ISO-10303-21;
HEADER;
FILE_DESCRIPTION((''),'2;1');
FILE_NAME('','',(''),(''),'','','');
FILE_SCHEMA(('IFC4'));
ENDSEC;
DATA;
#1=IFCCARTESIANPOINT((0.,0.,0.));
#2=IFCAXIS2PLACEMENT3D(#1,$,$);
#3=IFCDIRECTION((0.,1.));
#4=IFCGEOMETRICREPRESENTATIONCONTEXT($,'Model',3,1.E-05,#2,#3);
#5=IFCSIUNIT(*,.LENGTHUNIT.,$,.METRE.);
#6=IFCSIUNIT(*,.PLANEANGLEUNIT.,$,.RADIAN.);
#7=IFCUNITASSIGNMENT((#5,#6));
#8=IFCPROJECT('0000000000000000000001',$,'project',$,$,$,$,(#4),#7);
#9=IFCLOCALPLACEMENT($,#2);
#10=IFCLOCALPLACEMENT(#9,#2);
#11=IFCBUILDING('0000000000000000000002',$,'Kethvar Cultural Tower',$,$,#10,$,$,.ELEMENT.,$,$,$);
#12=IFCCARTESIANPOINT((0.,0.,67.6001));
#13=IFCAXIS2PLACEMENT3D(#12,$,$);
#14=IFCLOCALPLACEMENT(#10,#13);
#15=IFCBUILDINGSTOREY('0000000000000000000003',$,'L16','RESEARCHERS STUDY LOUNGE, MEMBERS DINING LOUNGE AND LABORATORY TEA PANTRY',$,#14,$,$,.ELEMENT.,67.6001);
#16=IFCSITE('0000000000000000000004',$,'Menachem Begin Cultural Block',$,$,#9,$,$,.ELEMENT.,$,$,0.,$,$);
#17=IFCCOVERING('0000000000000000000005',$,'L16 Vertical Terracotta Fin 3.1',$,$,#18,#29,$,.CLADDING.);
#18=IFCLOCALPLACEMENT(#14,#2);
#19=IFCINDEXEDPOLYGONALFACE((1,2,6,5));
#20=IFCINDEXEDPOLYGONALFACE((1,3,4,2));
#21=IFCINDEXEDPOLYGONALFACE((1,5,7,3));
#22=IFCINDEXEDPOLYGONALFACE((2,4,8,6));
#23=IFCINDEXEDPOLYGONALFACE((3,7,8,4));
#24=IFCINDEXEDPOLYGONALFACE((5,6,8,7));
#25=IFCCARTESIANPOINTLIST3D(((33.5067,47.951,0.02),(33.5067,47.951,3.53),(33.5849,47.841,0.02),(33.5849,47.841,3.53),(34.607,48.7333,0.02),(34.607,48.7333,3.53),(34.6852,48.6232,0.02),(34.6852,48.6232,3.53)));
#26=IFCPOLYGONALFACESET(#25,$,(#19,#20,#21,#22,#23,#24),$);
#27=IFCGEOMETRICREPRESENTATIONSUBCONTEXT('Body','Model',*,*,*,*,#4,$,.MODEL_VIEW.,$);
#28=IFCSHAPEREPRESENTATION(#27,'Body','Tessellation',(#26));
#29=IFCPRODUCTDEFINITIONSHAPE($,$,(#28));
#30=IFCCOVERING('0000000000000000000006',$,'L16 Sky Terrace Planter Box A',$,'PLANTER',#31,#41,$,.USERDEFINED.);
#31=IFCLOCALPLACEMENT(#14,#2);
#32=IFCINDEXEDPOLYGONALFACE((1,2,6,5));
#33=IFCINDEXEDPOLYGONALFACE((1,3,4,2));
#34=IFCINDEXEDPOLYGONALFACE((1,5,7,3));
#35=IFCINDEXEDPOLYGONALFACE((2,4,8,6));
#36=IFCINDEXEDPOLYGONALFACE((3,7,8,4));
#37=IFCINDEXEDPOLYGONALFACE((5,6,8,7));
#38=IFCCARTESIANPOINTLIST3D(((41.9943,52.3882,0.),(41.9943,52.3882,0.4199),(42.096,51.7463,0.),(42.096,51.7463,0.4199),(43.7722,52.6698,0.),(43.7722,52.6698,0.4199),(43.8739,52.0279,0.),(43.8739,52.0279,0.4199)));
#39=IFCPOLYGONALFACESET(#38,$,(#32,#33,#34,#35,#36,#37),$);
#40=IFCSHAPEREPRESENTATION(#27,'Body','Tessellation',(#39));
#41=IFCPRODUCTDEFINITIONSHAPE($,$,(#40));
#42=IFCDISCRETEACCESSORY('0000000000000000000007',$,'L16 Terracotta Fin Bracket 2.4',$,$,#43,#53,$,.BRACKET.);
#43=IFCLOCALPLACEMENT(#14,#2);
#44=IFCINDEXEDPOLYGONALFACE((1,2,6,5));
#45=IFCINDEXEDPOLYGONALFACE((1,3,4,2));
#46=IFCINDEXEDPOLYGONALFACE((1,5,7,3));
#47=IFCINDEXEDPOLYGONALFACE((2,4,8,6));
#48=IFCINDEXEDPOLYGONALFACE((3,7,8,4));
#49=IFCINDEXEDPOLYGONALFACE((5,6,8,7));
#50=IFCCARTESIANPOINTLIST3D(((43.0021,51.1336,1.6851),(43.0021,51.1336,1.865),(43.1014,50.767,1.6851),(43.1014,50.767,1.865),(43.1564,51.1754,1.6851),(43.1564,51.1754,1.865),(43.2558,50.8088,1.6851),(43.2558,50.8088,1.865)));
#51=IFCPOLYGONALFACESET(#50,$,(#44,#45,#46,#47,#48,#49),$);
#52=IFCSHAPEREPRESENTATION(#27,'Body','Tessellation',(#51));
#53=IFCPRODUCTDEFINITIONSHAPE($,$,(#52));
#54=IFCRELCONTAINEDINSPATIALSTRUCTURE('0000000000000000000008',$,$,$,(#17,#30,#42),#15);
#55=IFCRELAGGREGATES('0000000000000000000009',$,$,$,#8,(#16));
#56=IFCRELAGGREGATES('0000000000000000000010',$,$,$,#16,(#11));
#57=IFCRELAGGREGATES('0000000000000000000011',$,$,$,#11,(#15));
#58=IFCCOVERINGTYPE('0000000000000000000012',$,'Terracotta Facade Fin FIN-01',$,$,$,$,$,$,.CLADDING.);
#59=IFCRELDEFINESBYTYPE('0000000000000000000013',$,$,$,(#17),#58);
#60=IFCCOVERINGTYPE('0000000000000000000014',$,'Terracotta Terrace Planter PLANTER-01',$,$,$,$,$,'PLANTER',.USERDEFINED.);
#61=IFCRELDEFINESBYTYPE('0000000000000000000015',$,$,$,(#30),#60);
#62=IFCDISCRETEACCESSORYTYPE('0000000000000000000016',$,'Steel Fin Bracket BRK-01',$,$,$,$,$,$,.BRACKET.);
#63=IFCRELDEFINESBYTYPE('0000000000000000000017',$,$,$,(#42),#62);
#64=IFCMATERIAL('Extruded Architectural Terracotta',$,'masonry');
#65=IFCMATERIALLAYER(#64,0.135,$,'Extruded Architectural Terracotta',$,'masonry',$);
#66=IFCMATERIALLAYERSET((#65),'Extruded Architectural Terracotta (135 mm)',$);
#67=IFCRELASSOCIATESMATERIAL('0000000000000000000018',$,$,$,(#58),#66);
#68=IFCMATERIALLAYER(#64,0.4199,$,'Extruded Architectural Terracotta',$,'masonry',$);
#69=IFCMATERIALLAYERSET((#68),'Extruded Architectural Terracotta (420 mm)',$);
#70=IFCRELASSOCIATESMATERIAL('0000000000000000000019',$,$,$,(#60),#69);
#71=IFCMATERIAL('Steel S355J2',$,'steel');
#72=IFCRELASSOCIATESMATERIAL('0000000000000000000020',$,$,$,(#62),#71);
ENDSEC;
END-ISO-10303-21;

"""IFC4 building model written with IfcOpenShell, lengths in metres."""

from ifc_helpers import new_model, si_unit, direction, frame, origin, origin_2d, place, context, subcontext, project, spatial, rectangle, extrude, source, transform, mapped, material, layer, layer_set, type_object, element, save


model = new_model("IFC4")

# Units and contexts
model_context = context("Model", 3, precision=1e-05, world=origin(), true_north=direction((0.0, 1.0)))
body_context = subcontext(model_context, "Body", "Model", "MODEL_VIEW")
ifc_project = project(units=[si_unit("LENGTHUNIT", "METRE"), si_unit("PLANEANGLEUNIT", "RADIAN")], contexts=[model_context])

# Site, building, storey
site_placement = place(None, origin())
site = spatial("IfcSite", under=ifc_project, at=site_placement, Name="Menachem Begin Cultural Block", CompositionType="ELEMENT", RefElevation=0.0)
building_placement = place(site_placement, origin())
building = spatial("IfcBuilding", under=site, at=building_placement, Name="Kethvar Cultural Tower", CompositionType="ELEMENT")
storey_placement = place(building_placement, frame((0.0, 0.0, 67.6001)))
storey = spatial("IfcBuildingStorey", under=building, at=storey_placement, Name="L16", Description="RESEARCHERS STUDY LOUNGE, MEMBERS DINING LOUNGE AND LABORATORY TEA PANTRY", CompositionType="ELEMENT", Elevation=67.6001)

# Shared definitions
ifc_material_1 = material(Name="Steel S355J2", Category="steel")

# Coverings
ifc_material_2 = material(Name="Extruded Architectural Terracotta", Category="masonry")
ifc_layer_1 = layer(ifc_material_2, 0.135, Name="Extruded Architectural Terracotta", Category="masonry")
ifc_layer_set_1 = layer_set([ifc_layer_1], Name="Extruded Architectural Terracotta (135 mm)")
covering_type_1 = type_object("IfcCoveringType", Name="Terracotta Facade Fin FIN-01", PredefinedType="CLADDING", material=ifc_layer_set_1)
shared_shape_1 = source(origin(), body_context, "Body", "SweptSolid", [
    extrude(rectangle(XDim=1.3501, YDim=0.135, at=origin_2d()), origin(), (0.0, 0.0, 1.0), 3.51),
])
for number, where, z_axis, x_axis, name in (
    (1, (34.0959, 48.2871, 0.02), (0.0, 0.0, 1.0), (0.815027, 0.579423, 0.0), "L16 Vertical Terracotta Fin 3.1"),
):
    element("IfcCovering", number, at=place(storey_placement, frame(where, z_axis=z_axis, x_axis=x_axis)), inside=storey, type_object=covering_type_1, Name=name, PredefinedType="CLADDING", context=body_context, shape_type="MappedRepresentation", body=[
        mapped(shared_shape_1, transform((0.0, 0.0, 0.0), scale=1.0)),
    ])
ifc_layer_2 = layer(ifc_material_2, 0.4199, Name="Extruded Architectural Terracotta", Category="masonry")
ifc_layer_set_2 = layer_set([ifc_layer_2], Name="Extruded Architectural Terracotta (420 mm)")
covering_type_2 = type_object("IfcCoveringType", Name="Terracotta Terrace Planter PLANTER-01", ElementType="PLANTER", PredefinedType="USERDEFINED", material=ifc_layer_set_2)
shared_shape_2 = source(origin(), body_context, "Body", "SweptSolid", [
    extrude(rectangle(XDim=1.8, YDim=0.6499, at=origin_2d()), origin(), (0.0, 0.0, 1.0), 0.4199),
])
covering_placement = place(storey_placement, frame((42.9341, 52.208, 0.0), z_axis=(0.0, 0.0, 1.0), x_axis=(-0.987688, -0.156434, 0.0)))
element("IfcCovering", 2, at=covering_placement, inside=storey, type_object=covering_type_2, Name="L16 Sky Terrace Planter Box A", ObjectType="PLANTER", PredefinedType="USERDEFINED", context=body_context, shape_type="MappedRepresentation", body=[
    mapped(shared_shape_2, transform((0.0, 0.0, 0.0), scale=1.0)),
])

# Discrete accessory
discrete_accessory_type = type_object("IfcDiscreteAccessoryType", Name="Steel Fin Bracket BRK-01", PredefinedType="BRACKET", material=ifc_material_1)
shared_shape_3 = source(origin(), body_context, "Body", "SweptSolid", [
    extrude(rectangle(XDim=0.3799, YDim=0.1599, at=origin_2d()), origin(), (0.0, 0.0, 1.0), 0.1799),
])
discrete_accessory_placement = place(storey_placement, frame((43.1289, 50.9712, 1.6851), z_axis=(0.0, 0.0, 1.0), x_axis=(-0.261515, 0.965199, 0.0)))
element("IfcDiscreteAccessory", 3, at=discrete_accessory_placement, inside=storey, type_object=discrete_accessory_type, Name="L16 Terracotta Fin Bracket 2.4", PredefinedType="BRACKET", context=body_context, shape_type="MappedRepresentation", body=[
    mapped(shared_shape_3, transform((0.0, 0.0, 0.0), scale=1.0)),
])

save(model, "model.ifc")
